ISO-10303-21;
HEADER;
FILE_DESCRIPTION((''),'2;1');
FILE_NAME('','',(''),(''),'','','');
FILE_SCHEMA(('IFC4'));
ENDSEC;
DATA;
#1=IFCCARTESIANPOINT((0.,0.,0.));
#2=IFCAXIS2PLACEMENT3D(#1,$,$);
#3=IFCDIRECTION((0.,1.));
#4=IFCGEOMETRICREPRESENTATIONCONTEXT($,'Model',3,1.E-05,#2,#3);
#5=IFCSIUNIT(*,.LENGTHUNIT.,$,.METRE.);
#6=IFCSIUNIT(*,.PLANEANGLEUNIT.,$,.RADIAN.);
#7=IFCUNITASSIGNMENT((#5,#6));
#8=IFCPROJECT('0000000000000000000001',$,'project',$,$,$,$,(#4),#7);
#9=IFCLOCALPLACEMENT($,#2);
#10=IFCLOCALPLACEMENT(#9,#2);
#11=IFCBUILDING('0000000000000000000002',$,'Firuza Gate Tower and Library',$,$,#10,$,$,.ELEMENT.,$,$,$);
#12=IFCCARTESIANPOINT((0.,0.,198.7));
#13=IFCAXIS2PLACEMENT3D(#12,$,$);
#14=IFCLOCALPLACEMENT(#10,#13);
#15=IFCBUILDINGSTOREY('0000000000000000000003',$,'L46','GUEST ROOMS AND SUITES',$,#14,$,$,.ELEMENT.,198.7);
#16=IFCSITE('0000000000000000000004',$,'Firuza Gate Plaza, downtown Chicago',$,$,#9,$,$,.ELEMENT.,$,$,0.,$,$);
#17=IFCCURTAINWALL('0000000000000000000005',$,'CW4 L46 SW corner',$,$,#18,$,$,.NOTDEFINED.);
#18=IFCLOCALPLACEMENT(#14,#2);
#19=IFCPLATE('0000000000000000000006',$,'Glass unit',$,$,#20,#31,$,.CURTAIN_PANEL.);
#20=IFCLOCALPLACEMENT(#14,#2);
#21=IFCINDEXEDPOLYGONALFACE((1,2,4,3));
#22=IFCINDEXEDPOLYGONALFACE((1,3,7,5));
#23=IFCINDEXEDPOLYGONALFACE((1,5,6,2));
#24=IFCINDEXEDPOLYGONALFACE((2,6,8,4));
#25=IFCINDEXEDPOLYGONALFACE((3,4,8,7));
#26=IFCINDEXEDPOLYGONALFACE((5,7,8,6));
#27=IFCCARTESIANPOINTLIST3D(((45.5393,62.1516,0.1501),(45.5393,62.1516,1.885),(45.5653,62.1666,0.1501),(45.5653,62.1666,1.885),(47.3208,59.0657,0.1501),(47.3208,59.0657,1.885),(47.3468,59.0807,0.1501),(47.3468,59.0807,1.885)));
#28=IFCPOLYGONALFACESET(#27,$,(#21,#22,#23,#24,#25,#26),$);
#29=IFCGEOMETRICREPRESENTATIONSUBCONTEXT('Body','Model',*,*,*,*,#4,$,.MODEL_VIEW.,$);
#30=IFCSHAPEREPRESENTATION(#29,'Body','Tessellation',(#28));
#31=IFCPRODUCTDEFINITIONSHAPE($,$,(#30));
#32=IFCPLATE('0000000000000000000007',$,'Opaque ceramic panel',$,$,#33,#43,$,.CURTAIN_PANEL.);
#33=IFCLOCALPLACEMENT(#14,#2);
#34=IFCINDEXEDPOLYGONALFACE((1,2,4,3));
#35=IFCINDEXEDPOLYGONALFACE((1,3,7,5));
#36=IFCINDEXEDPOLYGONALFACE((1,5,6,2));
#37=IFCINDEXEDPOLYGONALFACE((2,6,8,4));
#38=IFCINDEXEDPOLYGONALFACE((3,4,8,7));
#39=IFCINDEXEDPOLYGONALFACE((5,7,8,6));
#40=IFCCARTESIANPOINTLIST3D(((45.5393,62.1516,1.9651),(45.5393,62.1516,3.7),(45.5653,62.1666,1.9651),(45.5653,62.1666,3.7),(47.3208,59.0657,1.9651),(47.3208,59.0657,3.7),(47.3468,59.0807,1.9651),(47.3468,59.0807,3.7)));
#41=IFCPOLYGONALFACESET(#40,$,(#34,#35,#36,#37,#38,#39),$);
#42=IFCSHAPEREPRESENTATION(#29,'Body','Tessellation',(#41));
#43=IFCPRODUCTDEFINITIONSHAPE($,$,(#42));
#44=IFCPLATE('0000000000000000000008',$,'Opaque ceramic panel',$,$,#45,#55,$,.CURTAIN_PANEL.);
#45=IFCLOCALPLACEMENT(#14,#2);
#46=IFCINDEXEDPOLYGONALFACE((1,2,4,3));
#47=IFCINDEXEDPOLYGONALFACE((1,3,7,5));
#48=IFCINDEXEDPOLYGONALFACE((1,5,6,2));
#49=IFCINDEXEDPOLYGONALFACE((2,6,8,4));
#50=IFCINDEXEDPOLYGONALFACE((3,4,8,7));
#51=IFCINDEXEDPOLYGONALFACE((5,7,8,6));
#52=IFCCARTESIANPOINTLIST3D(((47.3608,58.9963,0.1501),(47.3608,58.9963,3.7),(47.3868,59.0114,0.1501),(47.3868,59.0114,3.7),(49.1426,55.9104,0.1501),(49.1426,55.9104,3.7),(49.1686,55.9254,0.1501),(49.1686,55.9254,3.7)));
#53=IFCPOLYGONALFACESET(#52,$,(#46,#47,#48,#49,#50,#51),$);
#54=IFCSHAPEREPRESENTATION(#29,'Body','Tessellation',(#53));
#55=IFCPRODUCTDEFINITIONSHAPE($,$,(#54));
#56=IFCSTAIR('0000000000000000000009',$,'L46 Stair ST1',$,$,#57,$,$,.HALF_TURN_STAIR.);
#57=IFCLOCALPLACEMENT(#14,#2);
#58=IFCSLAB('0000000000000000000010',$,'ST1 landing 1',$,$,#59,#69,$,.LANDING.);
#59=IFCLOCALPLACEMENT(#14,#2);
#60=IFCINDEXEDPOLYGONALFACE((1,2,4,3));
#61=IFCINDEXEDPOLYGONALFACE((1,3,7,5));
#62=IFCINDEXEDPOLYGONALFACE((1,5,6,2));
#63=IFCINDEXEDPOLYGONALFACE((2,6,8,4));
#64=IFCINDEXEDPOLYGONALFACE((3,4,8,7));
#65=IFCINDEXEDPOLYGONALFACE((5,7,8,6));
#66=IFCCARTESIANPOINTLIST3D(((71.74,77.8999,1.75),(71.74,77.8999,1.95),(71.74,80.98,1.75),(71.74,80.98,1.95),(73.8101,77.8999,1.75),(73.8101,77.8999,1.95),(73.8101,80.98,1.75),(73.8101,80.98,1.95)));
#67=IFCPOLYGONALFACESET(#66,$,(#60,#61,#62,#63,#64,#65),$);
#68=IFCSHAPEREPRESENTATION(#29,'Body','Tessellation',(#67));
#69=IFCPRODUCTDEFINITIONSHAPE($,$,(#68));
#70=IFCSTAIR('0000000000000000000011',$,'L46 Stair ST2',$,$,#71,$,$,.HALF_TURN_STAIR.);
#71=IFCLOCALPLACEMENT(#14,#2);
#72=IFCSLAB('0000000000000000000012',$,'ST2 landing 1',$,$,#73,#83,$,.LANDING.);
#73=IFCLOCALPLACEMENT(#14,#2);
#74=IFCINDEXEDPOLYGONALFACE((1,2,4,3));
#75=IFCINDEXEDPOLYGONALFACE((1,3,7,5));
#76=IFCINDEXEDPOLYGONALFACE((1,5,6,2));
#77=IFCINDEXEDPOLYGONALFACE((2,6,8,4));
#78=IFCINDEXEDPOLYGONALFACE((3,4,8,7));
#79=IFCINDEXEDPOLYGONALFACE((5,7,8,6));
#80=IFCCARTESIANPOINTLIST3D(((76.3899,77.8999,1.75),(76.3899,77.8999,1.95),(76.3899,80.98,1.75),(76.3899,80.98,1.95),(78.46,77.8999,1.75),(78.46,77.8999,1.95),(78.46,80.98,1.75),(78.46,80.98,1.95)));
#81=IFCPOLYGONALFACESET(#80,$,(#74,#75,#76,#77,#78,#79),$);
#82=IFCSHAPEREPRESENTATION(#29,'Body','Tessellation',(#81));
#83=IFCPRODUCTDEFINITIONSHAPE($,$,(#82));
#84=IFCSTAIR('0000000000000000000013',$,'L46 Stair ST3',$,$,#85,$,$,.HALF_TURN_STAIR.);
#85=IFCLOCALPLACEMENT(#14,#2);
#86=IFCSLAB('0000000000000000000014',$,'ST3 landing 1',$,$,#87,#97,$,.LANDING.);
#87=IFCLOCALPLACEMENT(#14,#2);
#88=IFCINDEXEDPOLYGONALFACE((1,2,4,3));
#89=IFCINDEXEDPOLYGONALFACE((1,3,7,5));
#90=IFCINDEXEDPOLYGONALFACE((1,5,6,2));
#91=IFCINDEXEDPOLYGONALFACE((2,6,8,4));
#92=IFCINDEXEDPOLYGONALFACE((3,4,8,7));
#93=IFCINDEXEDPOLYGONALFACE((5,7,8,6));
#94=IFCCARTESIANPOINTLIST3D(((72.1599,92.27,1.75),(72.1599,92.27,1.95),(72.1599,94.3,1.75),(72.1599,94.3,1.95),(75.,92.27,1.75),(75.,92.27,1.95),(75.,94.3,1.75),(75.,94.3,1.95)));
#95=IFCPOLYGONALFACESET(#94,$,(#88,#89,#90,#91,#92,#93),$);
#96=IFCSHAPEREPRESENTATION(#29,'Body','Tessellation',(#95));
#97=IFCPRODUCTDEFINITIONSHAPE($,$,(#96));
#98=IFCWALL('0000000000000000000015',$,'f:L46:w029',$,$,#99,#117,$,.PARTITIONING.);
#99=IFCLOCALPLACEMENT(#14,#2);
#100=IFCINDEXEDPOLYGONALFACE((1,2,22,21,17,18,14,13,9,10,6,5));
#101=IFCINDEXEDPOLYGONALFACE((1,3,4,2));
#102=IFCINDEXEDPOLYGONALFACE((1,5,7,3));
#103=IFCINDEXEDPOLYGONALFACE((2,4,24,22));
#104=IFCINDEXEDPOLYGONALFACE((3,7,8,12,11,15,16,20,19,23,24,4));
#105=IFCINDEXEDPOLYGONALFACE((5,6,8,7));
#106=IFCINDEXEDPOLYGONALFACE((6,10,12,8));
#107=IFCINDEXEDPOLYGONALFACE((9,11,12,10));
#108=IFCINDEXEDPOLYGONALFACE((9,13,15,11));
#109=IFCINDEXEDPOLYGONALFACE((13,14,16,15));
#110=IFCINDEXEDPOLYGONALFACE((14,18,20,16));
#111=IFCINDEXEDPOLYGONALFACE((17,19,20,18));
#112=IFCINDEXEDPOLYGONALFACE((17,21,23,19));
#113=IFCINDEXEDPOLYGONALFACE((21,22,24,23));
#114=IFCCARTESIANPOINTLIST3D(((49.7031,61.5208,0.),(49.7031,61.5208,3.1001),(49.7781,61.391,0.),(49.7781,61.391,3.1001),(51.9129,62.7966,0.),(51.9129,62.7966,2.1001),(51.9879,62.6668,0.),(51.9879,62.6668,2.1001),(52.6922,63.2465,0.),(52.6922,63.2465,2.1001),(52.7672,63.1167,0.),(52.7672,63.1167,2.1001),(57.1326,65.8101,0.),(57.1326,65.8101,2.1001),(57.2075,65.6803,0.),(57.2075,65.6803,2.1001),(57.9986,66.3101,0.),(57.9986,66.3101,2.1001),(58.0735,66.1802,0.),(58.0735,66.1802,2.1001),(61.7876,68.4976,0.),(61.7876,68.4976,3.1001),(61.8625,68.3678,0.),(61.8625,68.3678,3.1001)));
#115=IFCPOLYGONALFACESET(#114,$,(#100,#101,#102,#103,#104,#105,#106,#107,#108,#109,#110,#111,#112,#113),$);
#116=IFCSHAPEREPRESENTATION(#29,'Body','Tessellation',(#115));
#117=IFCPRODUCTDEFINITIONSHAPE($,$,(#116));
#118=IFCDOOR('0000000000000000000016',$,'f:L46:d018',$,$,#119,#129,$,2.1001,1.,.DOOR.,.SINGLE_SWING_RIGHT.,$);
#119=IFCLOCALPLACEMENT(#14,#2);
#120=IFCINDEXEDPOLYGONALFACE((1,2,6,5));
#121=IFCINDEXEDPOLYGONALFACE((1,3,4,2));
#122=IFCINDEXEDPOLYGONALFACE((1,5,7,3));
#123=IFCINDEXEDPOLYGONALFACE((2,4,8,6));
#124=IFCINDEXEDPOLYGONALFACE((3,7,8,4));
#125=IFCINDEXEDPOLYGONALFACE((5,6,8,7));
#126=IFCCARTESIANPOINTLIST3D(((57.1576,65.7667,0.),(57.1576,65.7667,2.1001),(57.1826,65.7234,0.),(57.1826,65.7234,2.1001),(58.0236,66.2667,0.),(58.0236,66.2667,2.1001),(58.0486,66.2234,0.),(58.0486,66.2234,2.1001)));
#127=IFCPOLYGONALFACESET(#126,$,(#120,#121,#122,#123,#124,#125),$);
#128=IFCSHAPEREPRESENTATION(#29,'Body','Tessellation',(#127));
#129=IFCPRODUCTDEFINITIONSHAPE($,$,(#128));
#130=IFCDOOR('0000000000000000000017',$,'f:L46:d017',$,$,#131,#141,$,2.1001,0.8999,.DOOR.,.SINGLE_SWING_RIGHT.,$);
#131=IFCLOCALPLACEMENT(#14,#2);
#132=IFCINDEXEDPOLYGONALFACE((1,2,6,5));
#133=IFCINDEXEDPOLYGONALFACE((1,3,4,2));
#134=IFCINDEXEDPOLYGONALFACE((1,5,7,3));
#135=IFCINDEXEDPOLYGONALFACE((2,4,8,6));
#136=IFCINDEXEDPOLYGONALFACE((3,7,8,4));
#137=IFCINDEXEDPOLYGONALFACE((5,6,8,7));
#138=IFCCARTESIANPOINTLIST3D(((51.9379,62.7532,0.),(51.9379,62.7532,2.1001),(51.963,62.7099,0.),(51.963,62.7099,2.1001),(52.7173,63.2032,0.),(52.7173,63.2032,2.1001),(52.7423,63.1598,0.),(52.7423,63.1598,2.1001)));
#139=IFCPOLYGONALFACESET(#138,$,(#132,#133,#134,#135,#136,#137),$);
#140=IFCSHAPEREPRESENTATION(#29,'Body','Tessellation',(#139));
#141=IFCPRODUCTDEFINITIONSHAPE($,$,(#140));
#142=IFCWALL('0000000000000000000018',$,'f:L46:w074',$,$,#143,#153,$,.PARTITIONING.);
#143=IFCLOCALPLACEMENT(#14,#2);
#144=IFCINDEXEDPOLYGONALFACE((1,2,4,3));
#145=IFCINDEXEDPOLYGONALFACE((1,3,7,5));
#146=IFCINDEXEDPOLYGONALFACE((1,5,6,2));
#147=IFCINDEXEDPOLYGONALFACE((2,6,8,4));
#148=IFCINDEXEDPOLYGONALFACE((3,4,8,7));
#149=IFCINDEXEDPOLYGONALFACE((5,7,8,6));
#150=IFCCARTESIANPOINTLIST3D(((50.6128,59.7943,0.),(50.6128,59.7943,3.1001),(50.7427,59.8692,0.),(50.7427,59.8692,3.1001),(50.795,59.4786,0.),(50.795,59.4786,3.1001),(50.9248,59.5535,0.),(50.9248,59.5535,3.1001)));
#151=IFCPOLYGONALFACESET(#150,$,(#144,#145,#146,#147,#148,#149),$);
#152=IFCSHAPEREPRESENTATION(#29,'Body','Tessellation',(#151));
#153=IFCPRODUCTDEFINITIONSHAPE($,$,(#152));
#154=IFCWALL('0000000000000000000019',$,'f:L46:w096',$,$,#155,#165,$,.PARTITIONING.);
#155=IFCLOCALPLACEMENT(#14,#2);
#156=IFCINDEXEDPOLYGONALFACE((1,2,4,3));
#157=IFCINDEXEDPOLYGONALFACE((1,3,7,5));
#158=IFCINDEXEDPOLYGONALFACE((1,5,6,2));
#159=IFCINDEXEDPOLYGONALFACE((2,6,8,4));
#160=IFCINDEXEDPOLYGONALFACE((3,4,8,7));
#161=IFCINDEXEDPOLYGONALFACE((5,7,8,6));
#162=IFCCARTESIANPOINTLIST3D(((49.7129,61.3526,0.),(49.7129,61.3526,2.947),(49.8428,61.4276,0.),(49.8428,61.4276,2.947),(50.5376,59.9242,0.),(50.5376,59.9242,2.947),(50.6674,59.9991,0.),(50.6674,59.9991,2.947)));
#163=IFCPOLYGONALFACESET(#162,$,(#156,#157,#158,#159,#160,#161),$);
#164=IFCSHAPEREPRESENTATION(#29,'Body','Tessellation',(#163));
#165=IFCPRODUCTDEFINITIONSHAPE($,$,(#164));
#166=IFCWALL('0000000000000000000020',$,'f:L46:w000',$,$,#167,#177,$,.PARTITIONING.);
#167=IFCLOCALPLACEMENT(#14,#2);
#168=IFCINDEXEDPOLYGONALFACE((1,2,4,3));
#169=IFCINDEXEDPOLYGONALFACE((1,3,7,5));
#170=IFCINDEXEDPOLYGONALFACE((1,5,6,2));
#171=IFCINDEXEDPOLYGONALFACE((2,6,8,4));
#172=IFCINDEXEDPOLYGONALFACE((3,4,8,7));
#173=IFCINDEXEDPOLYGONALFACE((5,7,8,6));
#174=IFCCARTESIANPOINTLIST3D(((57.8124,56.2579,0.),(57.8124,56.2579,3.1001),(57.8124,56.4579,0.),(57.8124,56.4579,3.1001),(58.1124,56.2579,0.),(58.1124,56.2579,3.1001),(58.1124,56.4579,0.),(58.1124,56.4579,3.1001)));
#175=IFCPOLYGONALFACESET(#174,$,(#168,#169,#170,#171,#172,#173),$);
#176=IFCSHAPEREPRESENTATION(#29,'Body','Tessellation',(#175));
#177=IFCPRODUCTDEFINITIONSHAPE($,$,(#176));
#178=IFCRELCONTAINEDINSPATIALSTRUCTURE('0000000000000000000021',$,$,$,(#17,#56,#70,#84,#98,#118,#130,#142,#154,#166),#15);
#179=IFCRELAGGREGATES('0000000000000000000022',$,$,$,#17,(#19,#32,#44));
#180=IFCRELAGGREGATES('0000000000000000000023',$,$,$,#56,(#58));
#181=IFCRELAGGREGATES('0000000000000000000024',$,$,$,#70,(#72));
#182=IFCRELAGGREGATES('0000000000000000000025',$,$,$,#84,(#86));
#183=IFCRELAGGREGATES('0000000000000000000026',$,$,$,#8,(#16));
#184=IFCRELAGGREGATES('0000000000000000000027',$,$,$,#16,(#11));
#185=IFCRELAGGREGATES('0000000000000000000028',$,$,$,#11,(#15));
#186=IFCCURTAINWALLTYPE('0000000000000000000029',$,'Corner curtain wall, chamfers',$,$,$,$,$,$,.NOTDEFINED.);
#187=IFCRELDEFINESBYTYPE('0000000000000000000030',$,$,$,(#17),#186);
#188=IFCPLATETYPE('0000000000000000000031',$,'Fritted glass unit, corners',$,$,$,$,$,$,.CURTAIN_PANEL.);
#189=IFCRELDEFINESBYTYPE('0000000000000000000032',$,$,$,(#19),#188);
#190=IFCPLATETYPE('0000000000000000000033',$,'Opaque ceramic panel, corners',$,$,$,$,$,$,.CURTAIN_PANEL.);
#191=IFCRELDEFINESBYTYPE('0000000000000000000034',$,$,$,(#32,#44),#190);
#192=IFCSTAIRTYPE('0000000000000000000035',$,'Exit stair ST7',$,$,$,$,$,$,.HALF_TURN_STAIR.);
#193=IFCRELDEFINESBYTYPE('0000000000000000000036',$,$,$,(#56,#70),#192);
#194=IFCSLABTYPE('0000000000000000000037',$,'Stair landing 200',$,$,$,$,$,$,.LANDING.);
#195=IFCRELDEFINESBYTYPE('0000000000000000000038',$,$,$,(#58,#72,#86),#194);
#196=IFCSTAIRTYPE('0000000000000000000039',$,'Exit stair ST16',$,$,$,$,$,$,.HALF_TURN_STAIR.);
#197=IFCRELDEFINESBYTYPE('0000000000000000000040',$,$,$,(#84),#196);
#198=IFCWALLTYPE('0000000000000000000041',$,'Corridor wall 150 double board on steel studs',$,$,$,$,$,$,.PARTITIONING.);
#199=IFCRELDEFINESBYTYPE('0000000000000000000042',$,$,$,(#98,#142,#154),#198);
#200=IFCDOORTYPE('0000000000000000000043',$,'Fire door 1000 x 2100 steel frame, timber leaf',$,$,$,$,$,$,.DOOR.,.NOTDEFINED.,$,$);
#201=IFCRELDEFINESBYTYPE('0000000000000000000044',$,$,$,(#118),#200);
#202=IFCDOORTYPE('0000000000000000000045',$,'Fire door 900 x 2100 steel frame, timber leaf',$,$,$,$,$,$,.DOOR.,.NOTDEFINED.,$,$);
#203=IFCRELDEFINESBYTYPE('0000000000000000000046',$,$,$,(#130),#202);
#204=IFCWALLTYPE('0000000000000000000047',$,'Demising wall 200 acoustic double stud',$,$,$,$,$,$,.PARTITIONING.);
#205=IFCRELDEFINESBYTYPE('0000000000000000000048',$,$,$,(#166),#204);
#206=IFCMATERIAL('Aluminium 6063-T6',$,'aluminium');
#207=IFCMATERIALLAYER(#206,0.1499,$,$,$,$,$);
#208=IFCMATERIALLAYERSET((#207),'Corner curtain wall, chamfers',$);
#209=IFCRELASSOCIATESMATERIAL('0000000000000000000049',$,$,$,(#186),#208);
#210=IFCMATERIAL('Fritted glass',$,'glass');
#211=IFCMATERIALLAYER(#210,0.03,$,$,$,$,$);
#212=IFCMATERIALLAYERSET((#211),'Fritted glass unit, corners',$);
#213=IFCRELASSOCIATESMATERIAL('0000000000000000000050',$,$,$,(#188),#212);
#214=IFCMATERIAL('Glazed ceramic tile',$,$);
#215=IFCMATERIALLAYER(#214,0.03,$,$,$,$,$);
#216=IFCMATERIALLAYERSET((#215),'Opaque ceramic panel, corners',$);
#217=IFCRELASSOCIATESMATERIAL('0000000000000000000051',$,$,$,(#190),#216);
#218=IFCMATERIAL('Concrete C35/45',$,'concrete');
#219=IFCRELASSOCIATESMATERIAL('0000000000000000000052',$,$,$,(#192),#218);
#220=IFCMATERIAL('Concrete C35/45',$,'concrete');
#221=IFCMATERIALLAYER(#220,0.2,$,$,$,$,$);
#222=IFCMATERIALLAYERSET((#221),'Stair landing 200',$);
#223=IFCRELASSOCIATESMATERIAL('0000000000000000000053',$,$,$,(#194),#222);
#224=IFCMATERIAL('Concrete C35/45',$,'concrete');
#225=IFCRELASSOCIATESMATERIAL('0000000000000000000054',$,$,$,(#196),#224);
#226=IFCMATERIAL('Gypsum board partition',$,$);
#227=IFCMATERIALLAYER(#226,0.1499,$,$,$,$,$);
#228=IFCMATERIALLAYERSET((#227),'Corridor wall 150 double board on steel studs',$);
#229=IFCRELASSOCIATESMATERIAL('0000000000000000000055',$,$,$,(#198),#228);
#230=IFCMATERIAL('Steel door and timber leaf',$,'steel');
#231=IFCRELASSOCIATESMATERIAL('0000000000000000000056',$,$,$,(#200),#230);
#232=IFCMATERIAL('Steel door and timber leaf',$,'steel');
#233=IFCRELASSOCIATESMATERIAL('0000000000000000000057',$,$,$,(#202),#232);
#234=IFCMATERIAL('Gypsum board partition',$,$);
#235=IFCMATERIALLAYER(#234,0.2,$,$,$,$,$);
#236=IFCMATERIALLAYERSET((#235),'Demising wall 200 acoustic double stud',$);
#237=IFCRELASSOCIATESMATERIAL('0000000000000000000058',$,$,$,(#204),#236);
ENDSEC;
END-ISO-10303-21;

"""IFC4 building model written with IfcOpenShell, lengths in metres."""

from ifc_helpers import new_model, si_unit, direction, frame, frame_2d, origin, place, context, subcontext, project, spatial, polyline, rectangle, outline, extrude, material, layer, layer_set, type_object, element, fill, aggregate, save


model = new_model("IFC4")

# Units and contexts
model_context = context("Model", 3, precision=1e-05, world=origin(), true_north=direction((0.0, 1.0)))
body_context = subcontext(model_context, "Body", "Model", "MODEL_VIEW")
ifc_project = project(units=[si_unit("LENGTHUNIT", "METRE"), si_unit("PLANEANGLEUNIT", "RADIAN")], contexts=[model_context])

# Site, building, storey
site_placement = place(None, origin())
site = spatial("IfcSite", under=ifc_project, at=site_placement, Name="Firuza Gate Plaza, downtown Chicago", CompositionType="ELEMENT", RefElevation=0.0)
building_placement = place(site_placement, origin())
building = spatial("IfcBuilding", under=site, at=building_placement, Name="Firuza Gate Tower and Library", CompositionType="ELEMENT")
storey_placement = place(building_placement, frame((0.0, 0.0, 198.7)))
storey = spatial("IfcBuildingStorey", under=building, at=storey_placement, Name="L46", Description="GUEST ROOMS AND SUITES", CompositionType="ELEMENT", Elevation=198.7)

# Curtain wall
ifc_material_1 = material(Name="Aluminium 6063-T6", Category="aluminium")
ifc_layer_1 = layer(ifc_material_1, 0.1499)
ifc_layer_set_1 = layer_set([ifc_layer_1], Name="Corner curtain wall, chamfers")
curtain_wall_type = type_object("IfcCurtainWallType", Name="Corner curtain wall, chamfers", PredefinedType="NOTDEFINED", material=ifc_layer_set_1)
placement_1 = place(storey_placement, origin())
curtain_wall = element("IfcCurtainWall", 1, at=placement_1, inside=storey, type_object=curtain_wall_type, Name="CW4 L46 SW corner", PredefinedType="NOTDEFINED")

# Plates
ifc_material_2 = material(Name="Fritted glass", Category="glass")
ifc_layer_2 = layer(ifc_material_2, 0.03)
ifc_layer_set_2 = layer_set([ifc_layer_2], Name="Fritted glass unit, corners")
plate_type_1 = type_object("IfcPlateType", Name="Fritted glass unit, corners", PredefinedType="CURTAIN_PANEL", material=ifc_layer_set_2)
plate_1_placement = place(storey_placement, frame((45.5393, 62.1516, 0.1501), z_axis=(-0.866046, -0.499964, 0.0), x_axis=(0.499964, -0.866046, 0.0)))
plate_1 = element("IfcPlate", 2, at=plate_1_placement, type_object=plate_type_1, Name="Glass unit", PredefinedType="CURTAIN_PANEL", context=body_context, shape_type="SweptSolid", body=[
    extrude(outline(polyline([(0.0, 0.0), (3.5632, 0.0), (3.5632, 1.7349), (0.0, 1.7349), (0.0, 0.0)])), origin(), (0.0, 0.0, -1.0), 0.03),
])
ifc_material_3 = material(Name="Glazed ceramic tile")
ifc_layer_3 = layer(ifc_material_3, 0.03)
ifc_layer_set_3 = layer_set([ifc_layer_3], Name="Opaque ceramic panel, corners")
plate_type_2 = type_object("IfcPlateType", Name="Opaque ceramic panel, corners", PredefinedType="CURTAIN_PANEL", material=ifc_layer_set_3)
plate_2_placement = place(storey_placement, frame((45.5393, 62.1516, 1.9651), z_axis=(-0.866046, -0.499964, 0.0), x_axis=(0.499964, -0.866046, 0.0)))
plate_2 = element("IfcPlate", 3, at=plate_2_placement, type_object=plate_type_2, Name="Opaque ceramic panel", PredefinedType="CURTAIN_PANEL", context=body_context, shape_type="SweptSolid", body=[
    extrude(outline(polyline([(0.0, 0.0), (3.5632, 0.0), (3.5632, 1.7349), (0.0, 1.7349), (0.0, 0.0)])), origin(), (0.0, 0.0, -1.0), 0.03),
])
plate_3_placement = place(storey_placement, frame((47.3608, 58.9963, 0.1501), z_axis=(-0.866017, -0.500015, 0.0), x_axis=(0.500015, -0.866017, 0.0)))
plate_3 = element("IfcPlate", 4, at=plate_3_placement, type_object=plate_type_2, Name="Opaque ceramic panel", PredefinedType="CURTAIN_PANEL", context=body_context, shape_type="SweptSolid", body=[
    extrude(outline(polyline([(0.0, 0.0), (3.5634, 0.0), (3.5634, 3.5498), (0.0, 3.5498), (0.0, 0.0)])), origin(), (0.0, 0.0, -1.0), 0.03),
])
aggregate(curtain_wall, [plate_1, plate_2, plate_3])

# Stairs, slabs
ifc_material_4 = material(Name="Concrete C35/45", Category="concrete")
stair_type_1 = type_object("IfcStairType", Name="Exit stair ST7", PredefinedType="HALF_TURN_STAIR", material=ifc_material_4)
stair_1 = element("IfcStair", 5, at=placement_1, inside=storey, type_object=stair_type_1, Name="L46 Stair ST1", PredefinedType="HALF_TURN_STAIR")
ifc_material_5 = material(Name="Concrete C35/45", Category="concrete")
ifc_layer_4 = layer(ifc_material_5, 0.2)
ifc_layer_set_4 = layer_set([ifc_layer_4], Name="Stair landing 200")
slab_type_1 = type_object("IfcSlabType", Name="Stair landing 200", PredefinedType="LANDING", material=ifc_layer_set_4)
placement_2 = place(storey_placement, frame((0.0, 0.0, 1.75)))
slab_1 = element("IfcSlab", 6, at=placement_2, type_object=slab_type_1, Name="ST1 landing 1", PredefinedType="LANDING", context=body_context, shape_type="SweptSolid", body=[
    extrude(outline(polyline([(71.74, 77.8999), (73.8101, 77.8999), (73.8101, 80.98), (71.74, 80.98), (71.74, 77.8999)])), origin(), (0.0, 0.0, 1.0), 0.2),
])
aggregate(stair_1, [slab_1])
stair_2 = element("IfcStair", 7, at=placement_1, inside=storey, type_object=stair_type_1, Name="L46 Stair ST2", PredefinedType="HALF_TURN_STAIR")
slab_2 = element("IfcSlab", 8, at=placement_2, type_object=slab_type_1, Name="ST2 landing 1", PredefinedType="LANDING", context=body_context, shape_type="SweptSolid", body=[
    extrude(outline(polyline([(78.46, 80.98), (76.3899, 80.98), (76.3899, 77.8999), (78.46, 77.8999), (78.46, 80.98)])), origin(), (0.0, 0.0, 1.0), 0.2),
])
aggregate(stair_2, [slab_2])
ifc_material_6 = material(Name="Concrete C35/45", Category="concrete")
stair_type_2 = type_object("IfcStairType", Name="Exit stair ST16", PredefinedType="HALF_TURN_STAIR", material=ifc_material_6)
stair_3 = element("IfcStair", 9, at=placement_1, inside=storey, type_object=stair_type_2, Name="L46 Stair ST3", PredefinedType="HALF_TURN_STAIR")
slab_3 = element("IfcSlab", 10, at=placement_2, type_object=slab_type_1, Name="ST3 landing 1", PredefinedType="LANDING", context=body_context, shape_type="SweptSolid", body=[
    extrude(outline(polyline([(75.0, 92.27), (75.0, 94.3), (72.1599, 94.3), (72.1599, 92.27), (75.0, 92.27)])), origin(), (0.0, 0.0, 1.0), 0.2),
])
aggregate(stair_3, [slab_3])

# Wall, openings, doors
ifc_material_7 = material(Name="Gypsum board partition")
ifc_layer_5 = layer(ifc_material_7, 0.1499)
ifc_layer_set_5 = layer_set([ifc_layer_5], Name="Corridor wall 150 double board on steel studs")
wall_type_1 = type_object("IfcWallType", Name="Corridor wall 150 double board on steel studs", PredefinedType="PARTITIONING", material=ifc_layer_set_5)
wall_1_placement = place(storey_placement, frame((49.7405, 61.4558, 0.0), z_axis=(0.0, 0.0, 1.0), x_axis=(0.866031, 0.499991, 0.0)))
wall_1 = element("IfcWall", 11, at=wall_1_placement, inside=storey, type_object=wall_type_1, Name="f:L46:w029", PredefinedType="PARTITIONING", context=body_context, shape_type="SweptSolid", body=[
    extrude(rectangle(XDim=13.9539, YDim=0.1499, at=frame_2d((6.9771, 0.0))), origin(), (0.0, 0.0, 1.0), 3.1001),
])
opening_1_placement = place(wall_1_placement, frame((2.5518, 0.0, 0.0)))
opening_1 = element("IfcOpeningElement", 12, at=opening_1_placement, cuts=wall_1, PredefinedType="OPENING", context=body_context, shape_type="SweptSolid", body=[
    extrude(rectangle(XDim=0.8999, YDim=2.1001, at=frame_2d((0.45, 1.05))), frame((0.0, 0.085, 0.0), z_axis=(0.0, -1.0, 0.0), x_axis=(1.0, 0.0, 0.0)), (0.0, 0.0, 1.0), 0.1699),
])
opening_2_placement = place(wall_1_placement, frame((8.5789, 0.0, 0.0)))
opening_2 = element("IfcOpeningElement", 13, at=opening_2_placement, cuts=wall_1, PredefinedType="OPENING", context=body_context, shape_type="SweptSolid", body=[
    extrude(rectangle(XDim=1.0, YDim=2.1001, at=frame_2d((0.5, 1.05))), frame((0.0, 0.085, 0.0), z_axis=(0.0, -1.0, 0.0), x_axis=(1.0, 0.0, 0.0)), (0.0, 0.0, 1.0), 0.1699),
])
ifc_material_8 = material(Name="Steel door and timber leaf", Category="steel")
door_type_1 = type_object("IfcDoorType", Name="Fire door 1000 x 2100 steel frame, timber leaf", OperationType="NOTDEFINED", PredefinedType="DOOR", material=ifc_material_8)
door_1_placement = place(opening_2_placement, origin())
door_1 = element("IfcDoor", 14, at=door_1_placement, inside=storey, type_object=door_type_1, Name="f:L46:d018", OperationType="SINGLE_SWING_RIGHT", OverallHeight=2.1001, OverallWidth=1.0, PredefinedType="DOOR", context=body_context, shape_type="SweptSolid", body=[
    extrude(rectangle(XDim=1.0, YDim=2.1001, at=frame_2d((0.5, 1.05))), frame((0.0, 0.0249, 0.0), z_axis=(0.0, -1.0, 0.0), x_axis=(1.0, 0.0, 0.0)), (0.0, 0.0, 1.0), 0.05),
])
fill(opening_2, door_1)
ifc_material_9 = material(Name="Steel door and timber leaf", Category="steel")
door_type_2 = type_object("IfcDoorType", Name="Fire door 900 x 2100 steel frame, timber leaf", OperationType="NOTDEFINED", PredefinedType="DOOR", material=ifc_material_9)
door_2_placement = place(opening_1_placement, origin())
door_2 = element("IfcDoor", 15, at=door_2_placement, inside=storey, type_object=door_type_2, Name="f:L46:d017", OperationType="SINGLE_SWING_RIGHT", OverallHeight=2.1001, OverallWidth=0.8999, PredefinedType="DOOR", context=body_context, shape_type="SweptSolid", body=[
    extrude(rectangle(XDim=0.8999, YDim=2.1001, at=frame_2d((0.45, 1.05))), frame((0.0, 0.0249, 0.0), z_axis=(0.0, -1.0, 0.0), x_axis=(1.0, 0.0, 0.0)), (0.0, 0.0, 1.0), 0.05),
])
fill(opening_1, door_2)

# Walls
wall_2_placement = place(storey_placement, frame((50.8599, 59.5161, 0.0), z_axis=(0.0, 0.0, 1.0), x_axis=(-0.499742, 0.866174, 0.0)))
element("IfcWall", 16, at=wall_2_placement, inside=storey, type_object=wall_type_1, Name="f:L46:w074", PredefinedType="PARTITIONING", context=body_context, shape_type="SweptSolid", body=[
    extrude(rectangle(XDim=0.3645, YDim=0.1499, at=frame_2d((0.1821, 0.0))), origin(), (0.0, 0.0, 1.0), 3.1001),
])
wall_3_placement = place(storey_placement, frame((50.6025, 59.9617, 0.0), z_axis=(0.0, 0.0, 1.0), x_axis=(-0.499992, 0.86603, 0.0)))
element("IfcWall", 17, at=wall_3_placement, inside=storey, type_object=wall_type_1, Name="f:L46:w096", PredefinedType="PARTITIONING", context=body_context, shape_type="SweptSolid", body=[
    extrude(rectangle(XDim=1.6494, YDim=0.1499, at=frame_2d((0.8247, 0.0))), origin(), (0.0, 0.0, 1.0), 2.947),
])
ifc_material_10 = material(Name="Gypsum board partition")
ifc_layer_6 = layer(ifc_material_10, 0.2)
ifc_layer_set_6 = layer_set([ifc_layer_6], Name="Demising wall 200 acoustic double stud")
wall_type_2 = type_object("IfcWallType", Name="Demising wall 200 acoustic double stud", PredefinedType="PARTITIONING", material=ifc_layer_set_6)
wall_4_placement = place(storey_placement, frame((57.8125, 56.3579, 0.0), z_axis=(0.0, 0.0, 1.0), x_axis=(1.0, 0.0, 0.0)))
element("IfcWall", 18, at=wall_4_placement, inside=storey, type_object=wall_type_2, Name="f:L46:w000", PredefinedType="PARTITIONING", context=body_context, shape_type="SweptSolid", body=[
    extrude(rectangle(XDim=0.3, YDim=0.2, at=frame_2d((0.1499, 0.0))), origin(), (0.0, 0.0, 1.0), 3.1001),
])

save(model, "model.ifc")
